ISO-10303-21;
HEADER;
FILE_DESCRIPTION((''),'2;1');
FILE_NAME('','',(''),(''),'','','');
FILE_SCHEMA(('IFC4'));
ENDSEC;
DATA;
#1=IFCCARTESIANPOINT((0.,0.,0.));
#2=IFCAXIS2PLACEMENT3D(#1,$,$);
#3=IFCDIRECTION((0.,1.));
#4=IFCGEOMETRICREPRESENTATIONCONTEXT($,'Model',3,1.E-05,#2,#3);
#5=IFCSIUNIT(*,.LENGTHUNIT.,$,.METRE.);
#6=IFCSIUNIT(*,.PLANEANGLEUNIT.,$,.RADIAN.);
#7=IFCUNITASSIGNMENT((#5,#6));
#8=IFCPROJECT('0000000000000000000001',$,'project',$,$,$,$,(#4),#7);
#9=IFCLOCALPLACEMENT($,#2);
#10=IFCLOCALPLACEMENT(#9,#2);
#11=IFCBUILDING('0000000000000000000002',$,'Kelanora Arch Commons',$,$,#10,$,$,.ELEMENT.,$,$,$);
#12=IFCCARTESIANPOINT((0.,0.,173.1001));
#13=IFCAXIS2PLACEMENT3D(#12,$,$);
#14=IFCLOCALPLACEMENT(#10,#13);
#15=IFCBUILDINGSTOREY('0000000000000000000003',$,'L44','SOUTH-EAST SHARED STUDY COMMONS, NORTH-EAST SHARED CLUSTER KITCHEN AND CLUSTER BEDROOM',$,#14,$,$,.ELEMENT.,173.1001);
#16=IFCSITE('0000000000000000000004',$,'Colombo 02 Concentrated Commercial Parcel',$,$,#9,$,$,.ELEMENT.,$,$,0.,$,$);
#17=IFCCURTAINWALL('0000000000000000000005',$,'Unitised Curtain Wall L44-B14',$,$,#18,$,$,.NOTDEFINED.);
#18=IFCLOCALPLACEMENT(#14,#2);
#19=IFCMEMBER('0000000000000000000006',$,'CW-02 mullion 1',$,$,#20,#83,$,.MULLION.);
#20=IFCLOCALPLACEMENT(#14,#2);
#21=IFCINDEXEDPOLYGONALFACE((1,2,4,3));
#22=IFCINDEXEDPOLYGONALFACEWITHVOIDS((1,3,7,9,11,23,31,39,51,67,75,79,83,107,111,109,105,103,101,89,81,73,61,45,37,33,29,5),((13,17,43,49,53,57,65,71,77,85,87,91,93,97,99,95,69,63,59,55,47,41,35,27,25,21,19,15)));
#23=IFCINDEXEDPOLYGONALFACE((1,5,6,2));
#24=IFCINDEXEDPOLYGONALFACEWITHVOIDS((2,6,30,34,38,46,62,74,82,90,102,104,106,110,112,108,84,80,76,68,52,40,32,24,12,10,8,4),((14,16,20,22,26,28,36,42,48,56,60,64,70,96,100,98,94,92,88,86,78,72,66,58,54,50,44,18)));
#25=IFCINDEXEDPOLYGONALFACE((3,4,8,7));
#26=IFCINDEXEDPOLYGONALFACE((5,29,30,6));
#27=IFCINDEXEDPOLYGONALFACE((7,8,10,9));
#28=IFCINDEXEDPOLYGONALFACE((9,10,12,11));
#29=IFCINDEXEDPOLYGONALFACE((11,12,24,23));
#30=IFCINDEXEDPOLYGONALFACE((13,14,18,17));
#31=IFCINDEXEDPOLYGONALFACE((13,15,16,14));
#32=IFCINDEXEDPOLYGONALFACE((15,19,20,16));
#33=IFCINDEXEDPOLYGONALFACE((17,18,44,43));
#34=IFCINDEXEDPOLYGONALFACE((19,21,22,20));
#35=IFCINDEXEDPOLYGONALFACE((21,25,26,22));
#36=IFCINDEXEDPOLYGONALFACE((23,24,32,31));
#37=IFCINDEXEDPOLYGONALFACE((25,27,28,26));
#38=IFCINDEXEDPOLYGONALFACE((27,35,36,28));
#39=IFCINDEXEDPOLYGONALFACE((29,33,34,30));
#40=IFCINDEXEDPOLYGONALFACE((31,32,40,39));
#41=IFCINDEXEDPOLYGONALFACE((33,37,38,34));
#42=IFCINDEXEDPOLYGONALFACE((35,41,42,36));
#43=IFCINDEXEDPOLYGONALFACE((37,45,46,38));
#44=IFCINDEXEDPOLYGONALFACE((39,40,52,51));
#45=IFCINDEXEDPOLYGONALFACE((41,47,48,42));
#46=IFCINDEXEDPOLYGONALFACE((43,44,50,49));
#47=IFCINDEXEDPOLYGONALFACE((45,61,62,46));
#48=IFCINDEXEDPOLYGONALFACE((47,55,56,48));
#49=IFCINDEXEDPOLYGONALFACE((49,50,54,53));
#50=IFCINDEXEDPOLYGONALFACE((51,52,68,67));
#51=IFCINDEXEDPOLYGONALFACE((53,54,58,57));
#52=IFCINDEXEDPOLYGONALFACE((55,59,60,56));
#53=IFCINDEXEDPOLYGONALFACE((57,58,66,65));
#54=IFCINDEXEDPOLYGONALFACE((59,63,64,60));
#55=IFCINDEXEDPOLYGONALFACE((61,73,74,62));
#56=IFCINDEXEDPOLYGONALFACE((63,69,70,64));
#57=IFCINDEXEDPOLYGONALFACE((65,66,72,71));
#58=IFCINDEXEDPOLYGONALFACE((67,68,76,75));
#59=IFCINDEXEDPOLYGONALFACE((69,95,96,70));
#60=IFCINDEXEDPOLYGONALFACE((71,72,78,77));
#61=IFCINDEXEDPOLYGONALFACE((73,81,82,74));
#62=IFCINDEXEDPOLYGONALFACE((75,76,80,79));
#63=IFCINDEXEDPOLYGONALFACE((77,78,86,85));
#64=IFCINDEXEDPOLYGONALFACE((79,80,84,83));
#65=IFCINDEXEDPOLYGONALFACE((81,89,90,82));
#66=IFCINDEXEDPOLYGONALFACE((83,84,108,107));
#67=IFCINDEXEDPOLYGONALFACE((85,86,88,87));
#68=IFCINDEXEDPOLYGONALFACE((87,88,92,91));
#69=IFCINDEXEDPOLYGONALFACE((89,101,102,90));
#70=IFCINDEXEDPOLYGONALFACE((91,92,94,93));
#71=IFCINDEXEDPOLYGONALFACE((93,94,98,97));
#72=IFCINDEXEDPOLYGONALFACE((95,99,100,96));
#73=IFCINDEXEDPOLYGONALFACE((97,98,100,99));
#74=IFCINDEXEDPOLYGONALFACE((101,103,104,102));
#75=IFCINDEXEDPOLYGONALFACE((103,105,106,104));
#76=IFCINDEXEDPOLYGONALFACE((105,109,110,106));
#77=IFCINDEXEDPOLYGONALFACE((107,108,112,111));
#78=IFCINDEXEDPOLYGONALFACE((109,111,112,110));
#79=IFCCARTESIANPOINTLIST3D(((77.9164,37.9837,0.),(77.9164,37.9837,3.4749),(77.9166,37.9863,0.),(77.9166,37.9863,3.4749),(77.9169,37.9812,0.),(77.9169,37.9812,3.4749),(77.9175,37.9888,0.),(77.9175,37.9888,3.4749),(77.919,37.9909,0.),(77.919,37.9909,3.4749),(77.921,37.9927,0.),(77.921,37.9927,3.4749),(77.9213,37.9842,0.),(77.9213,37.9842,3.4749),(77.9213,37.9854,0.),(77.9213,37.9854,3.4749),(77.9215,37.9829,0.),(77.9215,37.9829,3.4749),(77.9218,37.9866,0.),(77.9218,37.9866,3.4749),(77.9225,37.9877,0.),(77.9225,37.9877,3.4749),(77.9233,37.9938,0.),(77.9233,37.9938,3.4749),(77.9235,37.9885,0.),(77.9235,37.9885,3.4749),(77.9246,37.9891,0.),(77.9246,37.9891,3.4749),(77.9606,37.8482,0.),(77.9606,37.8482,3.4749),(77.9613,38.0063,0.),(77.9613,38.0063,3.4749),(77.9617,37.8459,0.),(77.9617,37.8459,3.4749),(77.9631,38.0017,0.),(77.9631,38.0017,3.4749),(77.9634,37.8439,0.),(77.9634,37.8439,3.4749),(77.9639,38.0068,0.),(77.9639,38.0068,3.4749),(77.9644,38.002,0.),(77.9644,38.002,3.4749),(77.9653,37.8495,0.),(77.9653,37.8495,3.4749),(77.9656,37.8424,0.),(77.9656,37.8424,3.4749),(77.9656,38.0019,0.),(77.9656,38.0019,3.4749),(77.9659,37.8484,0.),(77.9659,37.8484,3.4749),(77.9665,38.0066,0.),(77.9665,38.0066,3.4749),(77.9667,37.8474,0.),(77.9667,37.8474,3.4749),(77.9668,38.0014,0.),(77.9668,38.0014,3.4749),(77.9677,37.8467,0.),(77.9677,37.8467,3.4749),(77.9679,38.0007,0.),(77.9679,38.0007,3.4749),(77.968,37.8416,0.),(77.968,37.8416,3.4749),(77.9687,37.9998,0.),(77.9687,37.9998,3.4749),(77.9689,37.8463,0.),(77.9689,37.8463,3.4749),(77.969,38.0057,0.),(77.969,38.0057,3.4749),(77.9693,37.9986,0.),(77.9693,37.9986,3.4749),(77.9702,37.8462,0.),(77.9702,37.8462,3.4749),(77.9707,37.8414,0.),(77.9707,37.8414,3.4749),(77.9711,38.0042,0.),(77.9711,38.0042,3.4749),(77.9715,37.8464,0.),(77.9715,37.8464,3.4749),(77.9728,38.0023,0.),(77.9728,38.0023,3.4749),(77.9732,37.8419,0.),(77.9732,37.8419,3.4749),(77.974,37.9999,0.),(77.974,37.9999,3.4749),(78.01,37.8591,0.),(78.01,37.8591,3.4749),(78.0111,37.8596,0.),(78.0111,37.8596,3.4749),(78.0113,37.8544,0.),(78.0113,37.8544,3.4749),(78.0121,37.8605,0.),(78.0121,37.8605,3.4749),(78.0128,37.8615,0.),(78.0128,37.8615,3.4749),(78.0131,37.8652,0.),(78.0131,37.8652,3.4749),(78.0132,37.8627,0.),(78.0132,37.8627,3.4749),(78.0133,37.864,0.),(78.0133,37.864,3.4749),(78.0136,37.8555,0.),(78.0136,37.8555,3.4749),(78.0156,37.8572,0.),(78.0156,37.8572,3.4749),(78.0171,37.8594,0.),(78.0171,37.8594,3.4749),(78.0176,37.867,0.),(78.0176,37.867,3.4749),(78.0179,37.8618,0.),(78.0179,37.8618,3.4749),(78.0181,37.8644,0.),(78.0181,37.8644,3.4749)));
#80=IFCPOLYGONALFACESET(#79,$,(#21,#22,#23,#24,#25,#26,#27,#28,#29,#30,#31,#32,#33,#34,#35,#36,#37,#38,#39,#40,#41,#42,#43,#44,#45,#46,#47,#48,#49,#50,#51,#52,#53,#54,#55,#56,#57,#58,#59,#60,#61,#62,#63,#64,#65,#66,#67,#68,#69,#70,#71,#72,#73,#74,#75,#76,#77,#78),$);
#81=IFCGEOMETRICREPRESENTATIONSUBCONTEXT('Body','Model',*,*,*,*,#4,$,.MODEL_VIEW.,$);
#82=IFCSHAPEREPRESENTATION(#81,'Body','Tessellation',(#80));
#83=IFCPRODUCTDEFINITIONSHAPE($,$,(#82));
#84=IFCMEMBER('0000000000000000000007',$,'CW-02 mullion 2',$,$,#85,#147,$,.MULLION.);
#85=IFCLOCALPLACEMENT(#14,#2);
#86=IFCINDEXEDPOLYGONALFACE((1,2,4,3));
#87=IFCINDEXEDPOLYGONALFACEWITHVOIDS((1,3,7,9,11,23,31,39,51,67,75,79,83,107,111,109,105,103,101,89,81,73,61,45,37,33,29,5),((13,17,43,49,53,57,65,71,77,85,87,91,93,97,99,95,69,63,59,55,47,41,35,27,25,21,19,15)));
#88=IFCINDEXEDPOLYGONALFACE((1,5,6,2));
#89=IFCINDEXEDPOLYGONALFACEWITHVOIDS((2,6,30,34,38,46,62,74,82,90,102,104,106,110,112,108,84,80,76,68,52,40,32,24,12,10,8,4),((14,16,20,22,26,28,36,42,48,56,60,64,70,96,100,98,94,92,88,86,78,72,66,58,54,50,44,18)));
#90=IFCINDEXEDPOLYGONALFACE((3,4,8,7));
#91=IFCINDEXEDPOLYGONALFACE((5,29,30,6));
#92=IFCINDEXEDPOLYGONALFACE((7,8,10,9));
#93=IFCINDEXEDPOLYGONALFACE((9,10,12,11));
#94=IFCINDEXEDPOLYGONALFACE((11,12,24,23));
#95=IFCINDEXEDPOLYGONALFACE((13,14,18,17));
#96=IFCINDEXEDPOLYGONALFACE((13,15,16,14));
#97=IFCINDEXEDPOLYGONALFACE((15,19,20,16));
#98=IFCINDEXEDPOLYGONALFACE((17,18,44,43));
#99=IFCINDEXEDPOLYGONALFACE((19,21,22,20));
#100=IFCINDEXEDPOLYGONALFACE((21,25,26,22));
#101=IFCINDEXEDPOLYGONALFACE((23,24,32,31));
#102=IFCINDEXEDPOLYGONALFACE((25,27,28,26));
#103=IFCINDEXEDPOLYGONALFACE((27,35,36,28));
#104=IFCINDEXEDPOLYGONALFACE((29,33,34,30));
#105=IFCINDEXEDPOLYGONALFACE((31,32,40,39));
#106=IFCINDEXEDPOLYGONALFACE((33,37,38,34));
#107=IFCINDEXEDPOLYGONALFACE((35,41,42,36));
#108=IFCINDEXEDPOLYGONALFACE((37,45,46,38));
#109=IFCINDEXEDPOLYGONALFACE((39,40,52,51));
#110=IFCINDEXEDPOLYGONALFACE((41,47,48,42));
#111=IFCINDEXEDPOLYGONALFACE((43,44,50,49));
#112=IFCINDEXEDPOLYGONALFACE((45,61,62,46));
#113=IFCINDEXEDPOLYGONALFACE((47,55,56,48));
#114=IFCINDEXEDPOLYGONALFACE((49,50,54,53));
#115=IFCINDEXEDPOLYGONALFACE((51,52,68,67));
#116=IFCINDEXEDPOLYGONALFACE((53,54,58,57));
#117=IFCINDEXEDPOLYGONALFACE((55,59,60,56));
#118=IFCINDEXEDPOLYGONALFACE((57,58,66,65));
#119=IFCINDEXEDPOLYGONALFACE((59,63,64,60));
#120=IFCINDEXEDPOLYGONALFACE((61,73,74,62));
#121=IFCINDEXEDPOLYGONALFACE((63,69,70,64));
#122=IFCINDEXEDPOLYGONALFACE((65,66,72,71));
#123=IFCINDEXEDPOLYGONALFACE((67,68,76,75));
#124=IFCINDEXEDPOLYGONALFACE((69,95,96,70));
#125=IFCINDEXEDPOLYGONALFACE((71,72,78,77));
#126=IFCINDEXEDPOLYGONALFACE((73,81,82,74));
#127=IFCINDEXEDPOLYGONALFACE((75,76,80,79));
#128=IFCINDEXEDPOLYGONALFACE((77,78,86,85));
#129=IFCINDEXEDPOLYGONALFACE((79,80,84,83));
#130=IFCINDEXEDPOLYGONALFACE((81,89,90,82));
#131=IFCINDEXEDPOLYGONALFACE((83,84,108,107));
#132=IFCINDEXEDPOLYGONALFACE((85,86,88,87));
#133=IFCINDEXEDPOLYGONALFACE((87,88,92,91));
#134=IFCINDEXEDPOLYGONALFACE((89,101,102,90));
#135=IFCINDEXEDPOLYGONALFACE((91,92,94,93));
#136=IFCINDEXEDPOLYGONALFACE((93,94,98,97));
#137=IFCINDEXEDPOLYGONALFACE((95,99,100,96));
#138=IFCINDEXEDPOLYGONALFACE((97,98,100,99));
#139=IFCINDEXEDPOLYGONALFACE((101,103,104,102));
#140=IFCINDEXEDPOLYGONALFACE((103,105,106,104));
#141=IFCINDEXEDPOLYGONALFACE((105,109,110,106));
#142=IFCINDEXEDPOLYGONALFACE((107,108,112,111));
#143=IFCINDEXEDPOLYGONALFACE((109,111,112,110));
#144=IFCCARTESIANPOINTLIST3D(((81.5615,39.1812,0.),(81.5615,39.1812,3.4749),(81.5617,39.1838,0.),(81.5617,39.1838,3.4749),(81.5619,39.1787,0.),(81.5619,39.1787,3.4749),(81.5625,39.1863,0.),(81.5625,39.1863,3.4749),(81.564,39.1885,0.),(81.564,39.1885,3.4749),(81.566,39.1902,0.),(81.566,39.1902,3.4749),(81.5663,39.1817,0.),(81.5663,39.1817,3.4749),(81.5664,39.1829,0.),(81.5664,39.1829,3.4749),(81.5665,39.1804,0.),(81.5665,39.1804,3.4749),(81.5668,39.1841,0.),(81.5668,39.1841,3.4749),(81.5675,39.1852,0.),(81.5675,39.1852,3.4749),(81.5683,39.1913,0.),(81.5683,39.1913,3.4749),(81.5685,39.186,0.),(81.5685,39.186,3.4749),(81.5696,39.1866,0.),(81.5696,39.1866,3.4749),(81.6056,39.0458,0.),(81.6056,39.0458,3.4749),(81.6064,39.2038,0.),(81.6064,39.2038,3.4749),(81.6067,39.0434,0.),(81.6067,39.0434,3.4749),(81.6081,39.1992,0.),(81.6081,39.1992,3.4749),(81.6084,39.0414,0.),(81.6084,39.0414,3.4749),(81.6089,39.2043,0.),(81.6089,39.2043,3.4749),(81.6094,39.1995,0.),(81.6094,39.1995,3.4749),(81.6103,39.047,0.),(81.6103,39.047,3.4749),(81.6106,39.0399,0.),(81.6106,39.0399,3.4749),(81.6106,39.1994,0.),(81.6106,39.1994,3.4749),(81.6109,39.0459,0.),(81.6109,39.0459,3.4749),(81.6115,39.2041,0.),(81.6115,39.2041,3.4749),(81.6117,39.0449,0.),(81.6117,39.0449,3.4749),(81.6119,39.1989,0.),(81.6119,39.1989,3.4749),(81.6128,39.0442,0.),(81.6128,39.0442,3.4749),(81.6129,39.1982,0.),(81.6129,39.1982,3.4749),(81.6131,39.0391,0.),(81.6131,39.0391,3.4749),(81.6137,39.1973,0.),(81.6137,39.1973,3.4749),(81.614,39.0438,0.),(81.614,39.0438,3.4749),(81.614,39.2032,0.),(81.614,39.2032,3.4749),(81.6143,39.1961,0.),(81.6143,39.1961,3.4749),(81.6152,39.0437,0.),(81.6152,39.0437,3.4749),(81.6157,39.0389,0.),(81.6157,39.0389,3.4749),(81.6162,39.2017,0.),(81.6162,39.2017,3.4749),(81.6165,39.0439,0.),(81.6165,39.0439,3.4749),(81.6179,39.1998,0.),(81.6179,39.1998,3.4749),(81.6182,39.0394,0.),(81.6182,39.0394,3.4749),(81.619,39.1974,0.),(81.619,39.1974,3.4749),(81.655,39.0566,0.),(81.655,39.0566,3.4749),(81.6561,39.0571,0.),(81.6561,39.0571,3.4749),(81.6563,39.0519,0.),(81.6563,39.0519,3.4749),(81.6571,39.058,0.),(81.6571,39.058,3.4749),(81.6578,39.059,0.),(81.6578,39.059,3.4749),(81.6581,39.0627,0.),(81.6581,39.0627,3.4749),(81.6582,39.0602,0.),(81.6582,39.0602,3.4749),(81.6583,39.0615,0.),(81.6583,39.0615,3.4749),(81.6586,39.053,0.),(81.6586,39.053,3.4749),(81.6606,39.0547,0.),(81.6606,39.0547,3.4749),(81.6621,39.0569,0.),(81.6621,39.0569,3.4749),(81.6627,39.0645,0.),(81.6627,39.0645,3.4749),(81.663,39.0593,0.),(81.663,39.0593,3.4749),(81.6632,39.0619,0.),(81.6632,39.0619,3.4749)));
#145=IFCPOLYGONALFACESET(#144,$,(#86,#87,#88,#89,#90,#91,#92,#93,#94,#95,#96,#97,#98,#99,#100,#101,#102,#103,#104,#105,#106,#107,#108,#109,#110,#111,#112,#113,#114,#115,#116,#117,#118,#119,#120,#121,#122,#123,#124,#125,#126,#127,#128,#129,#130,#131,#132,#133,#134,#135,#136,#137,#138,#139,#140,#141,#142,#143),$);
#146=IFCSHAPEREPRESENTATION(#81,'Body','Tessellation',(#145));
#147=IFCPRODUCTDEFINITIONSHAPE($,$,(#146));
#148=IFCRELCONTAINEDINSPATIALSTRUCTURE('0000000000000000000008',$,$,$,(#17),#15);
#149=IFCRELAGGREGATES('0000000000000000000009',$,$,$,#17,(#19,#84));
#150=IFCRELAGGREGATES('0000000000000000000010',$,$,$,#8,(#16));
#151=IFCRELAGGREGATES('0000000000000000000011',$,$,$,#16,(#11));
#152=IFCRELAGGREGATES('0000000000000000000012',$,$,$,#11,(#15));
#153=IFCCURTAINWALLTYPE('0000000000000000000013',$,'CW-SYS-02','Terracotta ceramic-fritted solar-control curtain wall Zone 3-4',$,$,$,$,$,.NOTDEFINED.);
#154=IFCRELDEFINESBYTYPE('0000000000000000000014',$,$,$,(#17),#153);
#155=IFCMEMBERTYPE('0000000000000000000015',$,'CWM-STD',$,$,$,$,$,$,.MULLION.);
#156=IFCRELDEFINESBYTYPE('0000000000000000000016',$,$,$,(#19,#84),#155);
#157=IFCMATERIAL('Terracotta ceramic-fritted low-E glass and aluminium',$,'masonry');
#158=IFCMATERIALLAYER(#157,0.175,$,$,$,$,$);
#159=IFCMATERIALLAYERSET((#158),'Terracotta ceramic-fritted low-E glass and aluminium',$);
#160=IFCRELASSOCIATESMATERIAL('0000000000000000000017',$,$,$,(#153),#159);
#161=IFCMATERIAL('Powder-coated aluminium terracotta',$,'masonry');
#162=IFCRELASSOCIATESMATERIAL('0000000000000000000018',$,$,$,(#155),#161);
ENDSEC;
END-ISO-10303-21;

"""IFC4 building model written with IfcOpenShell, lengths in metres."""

from ifc_helpers import new_model, si_unit, direction, frame, origin, origin_2d, place, context, subcontext, project, spatial, hollow_rectangle, extrude, material, layer, layer_set, material_profile, profile_set, type_object, element, aggregate, save


model = new_model("IFC4")

# Units and contexts
model_context = context("Model", 3, precision=1e-05, world=origin(), true_north=direction((0.0, 1.0)))
body_context = subcontext(model_context, "Body", "Model", "MODEL_VIEW")
ifc_project = project(units=[si_unit("LENGTHUNIT", "METRE"), si_unit("PLANEANGLEUNIT", "RADIAN")], contexts=[model_context])

# Site, building, storey
site_placement = place(None, origin())
site = spatial("IfcSite", under=ifc_project, at=site_placement, Name="Colombo 02 Concentrated Commercial Parcel", CompositionType="ELEMENT", RefElevation=0.0)
building_placement = place(site_placement, origin())
building = spatial("IfcBuilding", under=site, at=building_placement, Name="Kelanora Arch Commons", CompositionType="ELEMENT")
storey_placement = place(building_placement, frame((0.0, 0.0, 173.1001)))
storey = spatial("IfcBuildingStorey", under=building, at=storey_placement, Name="L44", Description="SOUTH-EAST SHARED STUDY COMMONS, NORTH-EAST SHARED CLUSTER KITCHEN AND CLUSTER BEDROOM", CompositionType="ELEMENT", Elevation=173.1001)

# Curtain wall, members
ifc_material_1 = material(Name="Terracotta ceramic-fritted low-E glass and aluminium", Category="masonry")
ifc_layer_1 = layer(ifc_material_1, 0.175)
ifc_layer_set_1 = layer_set([ifc_layer_1], Name="Terracotta ceramic-fritted low-E glass and aluminium")
curtain_wall_type = type_object("IfcCurtainWallType", Name="CW-SYS-02", Description="Terracotta ceramic-fritted solar-control curtain wall Zone 3-4", PredefinedType="NOTDEFINED", material=ifc_layer_set_1)
curtain_wall_placement = place(storey_placement, origin())
curtain_wall = element("IfcCurtainWall", 1, at=curtain_wall_placement, inside=storey, type_object=curtain_wall_type, Name="Unitised Curtain Wall L44-B14", PredefinedType="NOTDEFINED")
ifc_material_2 = material(Name="Powder-coated aluminium terracotta", Category="masonry")
ifc_material_profile_1 = material_profile(ifc_material_2, hollow_rectangle(XDim=0.1599, YDim=0.0601, WallThickness=0.0049, InnerFilletRadius=0.0049, OuterFilletRadius=0.01, at=origin_2d()), Name="CWM160x60")
ifc_profile_set_1 = profile_set([ifc_material_profile_1], Name="Powder-coated aluminium terracotta")
member_type_1 = type_object("IfcMemberType", Name="CWM-STD", PredefinedType="MULLION", material=ifc_profile_set_1)
member_1_placement = place(storey_placement, frame((77.9673, 37.9241, 0.0), z_axis=(0.0, 0.0, 1.0), x_axis=(-0.312128, 0.95004, 0.0)))
member_1 = element("IfcMember", 2, at=member_1_placement, type_object=member_type_1, Name="CW-02 mullion 1", PredefinedType="MULLION", context=body_context, shape_type="SweptSolid", body=[
    extrude(hollow_rectangle(XDim=0.1599, YDim=0.0601, WallThickness=0.0049, InnerFilletRadius=0.0049, OuterFilletRadius=0.01, at=origin_2d()), origin(), (0.0, 0.0, 1.0), 3.4749),
])
member_2_placement = place(storey_placement, frame((81.6123, 39.1216, 0.0), z_axis=(0.0, 0.0, 1.0), x_axis=(-0.312128, 0.95004, 0.0)))
member_2 = element("IfcMember", 3, at=member_2_placement, type_object=member_type_1, Name="CW-02 mullion 2", PredefinedType="MULLION", context=body_context, shape_type="SweptSolid", body=[
    extrude(hollow_rectangle(XDim=0.1599, YDim=0.0601, WallThickness=0.0049, InnerFilletRadius=0.0049, OuterFilletRadius=0.01, at=origin_2d()), origin(), (0.0, 0.0, 1.0), 3.4749),
])
aggregate(curtain_wall, [member_1, member_2])

save(model, "model.ifc")
